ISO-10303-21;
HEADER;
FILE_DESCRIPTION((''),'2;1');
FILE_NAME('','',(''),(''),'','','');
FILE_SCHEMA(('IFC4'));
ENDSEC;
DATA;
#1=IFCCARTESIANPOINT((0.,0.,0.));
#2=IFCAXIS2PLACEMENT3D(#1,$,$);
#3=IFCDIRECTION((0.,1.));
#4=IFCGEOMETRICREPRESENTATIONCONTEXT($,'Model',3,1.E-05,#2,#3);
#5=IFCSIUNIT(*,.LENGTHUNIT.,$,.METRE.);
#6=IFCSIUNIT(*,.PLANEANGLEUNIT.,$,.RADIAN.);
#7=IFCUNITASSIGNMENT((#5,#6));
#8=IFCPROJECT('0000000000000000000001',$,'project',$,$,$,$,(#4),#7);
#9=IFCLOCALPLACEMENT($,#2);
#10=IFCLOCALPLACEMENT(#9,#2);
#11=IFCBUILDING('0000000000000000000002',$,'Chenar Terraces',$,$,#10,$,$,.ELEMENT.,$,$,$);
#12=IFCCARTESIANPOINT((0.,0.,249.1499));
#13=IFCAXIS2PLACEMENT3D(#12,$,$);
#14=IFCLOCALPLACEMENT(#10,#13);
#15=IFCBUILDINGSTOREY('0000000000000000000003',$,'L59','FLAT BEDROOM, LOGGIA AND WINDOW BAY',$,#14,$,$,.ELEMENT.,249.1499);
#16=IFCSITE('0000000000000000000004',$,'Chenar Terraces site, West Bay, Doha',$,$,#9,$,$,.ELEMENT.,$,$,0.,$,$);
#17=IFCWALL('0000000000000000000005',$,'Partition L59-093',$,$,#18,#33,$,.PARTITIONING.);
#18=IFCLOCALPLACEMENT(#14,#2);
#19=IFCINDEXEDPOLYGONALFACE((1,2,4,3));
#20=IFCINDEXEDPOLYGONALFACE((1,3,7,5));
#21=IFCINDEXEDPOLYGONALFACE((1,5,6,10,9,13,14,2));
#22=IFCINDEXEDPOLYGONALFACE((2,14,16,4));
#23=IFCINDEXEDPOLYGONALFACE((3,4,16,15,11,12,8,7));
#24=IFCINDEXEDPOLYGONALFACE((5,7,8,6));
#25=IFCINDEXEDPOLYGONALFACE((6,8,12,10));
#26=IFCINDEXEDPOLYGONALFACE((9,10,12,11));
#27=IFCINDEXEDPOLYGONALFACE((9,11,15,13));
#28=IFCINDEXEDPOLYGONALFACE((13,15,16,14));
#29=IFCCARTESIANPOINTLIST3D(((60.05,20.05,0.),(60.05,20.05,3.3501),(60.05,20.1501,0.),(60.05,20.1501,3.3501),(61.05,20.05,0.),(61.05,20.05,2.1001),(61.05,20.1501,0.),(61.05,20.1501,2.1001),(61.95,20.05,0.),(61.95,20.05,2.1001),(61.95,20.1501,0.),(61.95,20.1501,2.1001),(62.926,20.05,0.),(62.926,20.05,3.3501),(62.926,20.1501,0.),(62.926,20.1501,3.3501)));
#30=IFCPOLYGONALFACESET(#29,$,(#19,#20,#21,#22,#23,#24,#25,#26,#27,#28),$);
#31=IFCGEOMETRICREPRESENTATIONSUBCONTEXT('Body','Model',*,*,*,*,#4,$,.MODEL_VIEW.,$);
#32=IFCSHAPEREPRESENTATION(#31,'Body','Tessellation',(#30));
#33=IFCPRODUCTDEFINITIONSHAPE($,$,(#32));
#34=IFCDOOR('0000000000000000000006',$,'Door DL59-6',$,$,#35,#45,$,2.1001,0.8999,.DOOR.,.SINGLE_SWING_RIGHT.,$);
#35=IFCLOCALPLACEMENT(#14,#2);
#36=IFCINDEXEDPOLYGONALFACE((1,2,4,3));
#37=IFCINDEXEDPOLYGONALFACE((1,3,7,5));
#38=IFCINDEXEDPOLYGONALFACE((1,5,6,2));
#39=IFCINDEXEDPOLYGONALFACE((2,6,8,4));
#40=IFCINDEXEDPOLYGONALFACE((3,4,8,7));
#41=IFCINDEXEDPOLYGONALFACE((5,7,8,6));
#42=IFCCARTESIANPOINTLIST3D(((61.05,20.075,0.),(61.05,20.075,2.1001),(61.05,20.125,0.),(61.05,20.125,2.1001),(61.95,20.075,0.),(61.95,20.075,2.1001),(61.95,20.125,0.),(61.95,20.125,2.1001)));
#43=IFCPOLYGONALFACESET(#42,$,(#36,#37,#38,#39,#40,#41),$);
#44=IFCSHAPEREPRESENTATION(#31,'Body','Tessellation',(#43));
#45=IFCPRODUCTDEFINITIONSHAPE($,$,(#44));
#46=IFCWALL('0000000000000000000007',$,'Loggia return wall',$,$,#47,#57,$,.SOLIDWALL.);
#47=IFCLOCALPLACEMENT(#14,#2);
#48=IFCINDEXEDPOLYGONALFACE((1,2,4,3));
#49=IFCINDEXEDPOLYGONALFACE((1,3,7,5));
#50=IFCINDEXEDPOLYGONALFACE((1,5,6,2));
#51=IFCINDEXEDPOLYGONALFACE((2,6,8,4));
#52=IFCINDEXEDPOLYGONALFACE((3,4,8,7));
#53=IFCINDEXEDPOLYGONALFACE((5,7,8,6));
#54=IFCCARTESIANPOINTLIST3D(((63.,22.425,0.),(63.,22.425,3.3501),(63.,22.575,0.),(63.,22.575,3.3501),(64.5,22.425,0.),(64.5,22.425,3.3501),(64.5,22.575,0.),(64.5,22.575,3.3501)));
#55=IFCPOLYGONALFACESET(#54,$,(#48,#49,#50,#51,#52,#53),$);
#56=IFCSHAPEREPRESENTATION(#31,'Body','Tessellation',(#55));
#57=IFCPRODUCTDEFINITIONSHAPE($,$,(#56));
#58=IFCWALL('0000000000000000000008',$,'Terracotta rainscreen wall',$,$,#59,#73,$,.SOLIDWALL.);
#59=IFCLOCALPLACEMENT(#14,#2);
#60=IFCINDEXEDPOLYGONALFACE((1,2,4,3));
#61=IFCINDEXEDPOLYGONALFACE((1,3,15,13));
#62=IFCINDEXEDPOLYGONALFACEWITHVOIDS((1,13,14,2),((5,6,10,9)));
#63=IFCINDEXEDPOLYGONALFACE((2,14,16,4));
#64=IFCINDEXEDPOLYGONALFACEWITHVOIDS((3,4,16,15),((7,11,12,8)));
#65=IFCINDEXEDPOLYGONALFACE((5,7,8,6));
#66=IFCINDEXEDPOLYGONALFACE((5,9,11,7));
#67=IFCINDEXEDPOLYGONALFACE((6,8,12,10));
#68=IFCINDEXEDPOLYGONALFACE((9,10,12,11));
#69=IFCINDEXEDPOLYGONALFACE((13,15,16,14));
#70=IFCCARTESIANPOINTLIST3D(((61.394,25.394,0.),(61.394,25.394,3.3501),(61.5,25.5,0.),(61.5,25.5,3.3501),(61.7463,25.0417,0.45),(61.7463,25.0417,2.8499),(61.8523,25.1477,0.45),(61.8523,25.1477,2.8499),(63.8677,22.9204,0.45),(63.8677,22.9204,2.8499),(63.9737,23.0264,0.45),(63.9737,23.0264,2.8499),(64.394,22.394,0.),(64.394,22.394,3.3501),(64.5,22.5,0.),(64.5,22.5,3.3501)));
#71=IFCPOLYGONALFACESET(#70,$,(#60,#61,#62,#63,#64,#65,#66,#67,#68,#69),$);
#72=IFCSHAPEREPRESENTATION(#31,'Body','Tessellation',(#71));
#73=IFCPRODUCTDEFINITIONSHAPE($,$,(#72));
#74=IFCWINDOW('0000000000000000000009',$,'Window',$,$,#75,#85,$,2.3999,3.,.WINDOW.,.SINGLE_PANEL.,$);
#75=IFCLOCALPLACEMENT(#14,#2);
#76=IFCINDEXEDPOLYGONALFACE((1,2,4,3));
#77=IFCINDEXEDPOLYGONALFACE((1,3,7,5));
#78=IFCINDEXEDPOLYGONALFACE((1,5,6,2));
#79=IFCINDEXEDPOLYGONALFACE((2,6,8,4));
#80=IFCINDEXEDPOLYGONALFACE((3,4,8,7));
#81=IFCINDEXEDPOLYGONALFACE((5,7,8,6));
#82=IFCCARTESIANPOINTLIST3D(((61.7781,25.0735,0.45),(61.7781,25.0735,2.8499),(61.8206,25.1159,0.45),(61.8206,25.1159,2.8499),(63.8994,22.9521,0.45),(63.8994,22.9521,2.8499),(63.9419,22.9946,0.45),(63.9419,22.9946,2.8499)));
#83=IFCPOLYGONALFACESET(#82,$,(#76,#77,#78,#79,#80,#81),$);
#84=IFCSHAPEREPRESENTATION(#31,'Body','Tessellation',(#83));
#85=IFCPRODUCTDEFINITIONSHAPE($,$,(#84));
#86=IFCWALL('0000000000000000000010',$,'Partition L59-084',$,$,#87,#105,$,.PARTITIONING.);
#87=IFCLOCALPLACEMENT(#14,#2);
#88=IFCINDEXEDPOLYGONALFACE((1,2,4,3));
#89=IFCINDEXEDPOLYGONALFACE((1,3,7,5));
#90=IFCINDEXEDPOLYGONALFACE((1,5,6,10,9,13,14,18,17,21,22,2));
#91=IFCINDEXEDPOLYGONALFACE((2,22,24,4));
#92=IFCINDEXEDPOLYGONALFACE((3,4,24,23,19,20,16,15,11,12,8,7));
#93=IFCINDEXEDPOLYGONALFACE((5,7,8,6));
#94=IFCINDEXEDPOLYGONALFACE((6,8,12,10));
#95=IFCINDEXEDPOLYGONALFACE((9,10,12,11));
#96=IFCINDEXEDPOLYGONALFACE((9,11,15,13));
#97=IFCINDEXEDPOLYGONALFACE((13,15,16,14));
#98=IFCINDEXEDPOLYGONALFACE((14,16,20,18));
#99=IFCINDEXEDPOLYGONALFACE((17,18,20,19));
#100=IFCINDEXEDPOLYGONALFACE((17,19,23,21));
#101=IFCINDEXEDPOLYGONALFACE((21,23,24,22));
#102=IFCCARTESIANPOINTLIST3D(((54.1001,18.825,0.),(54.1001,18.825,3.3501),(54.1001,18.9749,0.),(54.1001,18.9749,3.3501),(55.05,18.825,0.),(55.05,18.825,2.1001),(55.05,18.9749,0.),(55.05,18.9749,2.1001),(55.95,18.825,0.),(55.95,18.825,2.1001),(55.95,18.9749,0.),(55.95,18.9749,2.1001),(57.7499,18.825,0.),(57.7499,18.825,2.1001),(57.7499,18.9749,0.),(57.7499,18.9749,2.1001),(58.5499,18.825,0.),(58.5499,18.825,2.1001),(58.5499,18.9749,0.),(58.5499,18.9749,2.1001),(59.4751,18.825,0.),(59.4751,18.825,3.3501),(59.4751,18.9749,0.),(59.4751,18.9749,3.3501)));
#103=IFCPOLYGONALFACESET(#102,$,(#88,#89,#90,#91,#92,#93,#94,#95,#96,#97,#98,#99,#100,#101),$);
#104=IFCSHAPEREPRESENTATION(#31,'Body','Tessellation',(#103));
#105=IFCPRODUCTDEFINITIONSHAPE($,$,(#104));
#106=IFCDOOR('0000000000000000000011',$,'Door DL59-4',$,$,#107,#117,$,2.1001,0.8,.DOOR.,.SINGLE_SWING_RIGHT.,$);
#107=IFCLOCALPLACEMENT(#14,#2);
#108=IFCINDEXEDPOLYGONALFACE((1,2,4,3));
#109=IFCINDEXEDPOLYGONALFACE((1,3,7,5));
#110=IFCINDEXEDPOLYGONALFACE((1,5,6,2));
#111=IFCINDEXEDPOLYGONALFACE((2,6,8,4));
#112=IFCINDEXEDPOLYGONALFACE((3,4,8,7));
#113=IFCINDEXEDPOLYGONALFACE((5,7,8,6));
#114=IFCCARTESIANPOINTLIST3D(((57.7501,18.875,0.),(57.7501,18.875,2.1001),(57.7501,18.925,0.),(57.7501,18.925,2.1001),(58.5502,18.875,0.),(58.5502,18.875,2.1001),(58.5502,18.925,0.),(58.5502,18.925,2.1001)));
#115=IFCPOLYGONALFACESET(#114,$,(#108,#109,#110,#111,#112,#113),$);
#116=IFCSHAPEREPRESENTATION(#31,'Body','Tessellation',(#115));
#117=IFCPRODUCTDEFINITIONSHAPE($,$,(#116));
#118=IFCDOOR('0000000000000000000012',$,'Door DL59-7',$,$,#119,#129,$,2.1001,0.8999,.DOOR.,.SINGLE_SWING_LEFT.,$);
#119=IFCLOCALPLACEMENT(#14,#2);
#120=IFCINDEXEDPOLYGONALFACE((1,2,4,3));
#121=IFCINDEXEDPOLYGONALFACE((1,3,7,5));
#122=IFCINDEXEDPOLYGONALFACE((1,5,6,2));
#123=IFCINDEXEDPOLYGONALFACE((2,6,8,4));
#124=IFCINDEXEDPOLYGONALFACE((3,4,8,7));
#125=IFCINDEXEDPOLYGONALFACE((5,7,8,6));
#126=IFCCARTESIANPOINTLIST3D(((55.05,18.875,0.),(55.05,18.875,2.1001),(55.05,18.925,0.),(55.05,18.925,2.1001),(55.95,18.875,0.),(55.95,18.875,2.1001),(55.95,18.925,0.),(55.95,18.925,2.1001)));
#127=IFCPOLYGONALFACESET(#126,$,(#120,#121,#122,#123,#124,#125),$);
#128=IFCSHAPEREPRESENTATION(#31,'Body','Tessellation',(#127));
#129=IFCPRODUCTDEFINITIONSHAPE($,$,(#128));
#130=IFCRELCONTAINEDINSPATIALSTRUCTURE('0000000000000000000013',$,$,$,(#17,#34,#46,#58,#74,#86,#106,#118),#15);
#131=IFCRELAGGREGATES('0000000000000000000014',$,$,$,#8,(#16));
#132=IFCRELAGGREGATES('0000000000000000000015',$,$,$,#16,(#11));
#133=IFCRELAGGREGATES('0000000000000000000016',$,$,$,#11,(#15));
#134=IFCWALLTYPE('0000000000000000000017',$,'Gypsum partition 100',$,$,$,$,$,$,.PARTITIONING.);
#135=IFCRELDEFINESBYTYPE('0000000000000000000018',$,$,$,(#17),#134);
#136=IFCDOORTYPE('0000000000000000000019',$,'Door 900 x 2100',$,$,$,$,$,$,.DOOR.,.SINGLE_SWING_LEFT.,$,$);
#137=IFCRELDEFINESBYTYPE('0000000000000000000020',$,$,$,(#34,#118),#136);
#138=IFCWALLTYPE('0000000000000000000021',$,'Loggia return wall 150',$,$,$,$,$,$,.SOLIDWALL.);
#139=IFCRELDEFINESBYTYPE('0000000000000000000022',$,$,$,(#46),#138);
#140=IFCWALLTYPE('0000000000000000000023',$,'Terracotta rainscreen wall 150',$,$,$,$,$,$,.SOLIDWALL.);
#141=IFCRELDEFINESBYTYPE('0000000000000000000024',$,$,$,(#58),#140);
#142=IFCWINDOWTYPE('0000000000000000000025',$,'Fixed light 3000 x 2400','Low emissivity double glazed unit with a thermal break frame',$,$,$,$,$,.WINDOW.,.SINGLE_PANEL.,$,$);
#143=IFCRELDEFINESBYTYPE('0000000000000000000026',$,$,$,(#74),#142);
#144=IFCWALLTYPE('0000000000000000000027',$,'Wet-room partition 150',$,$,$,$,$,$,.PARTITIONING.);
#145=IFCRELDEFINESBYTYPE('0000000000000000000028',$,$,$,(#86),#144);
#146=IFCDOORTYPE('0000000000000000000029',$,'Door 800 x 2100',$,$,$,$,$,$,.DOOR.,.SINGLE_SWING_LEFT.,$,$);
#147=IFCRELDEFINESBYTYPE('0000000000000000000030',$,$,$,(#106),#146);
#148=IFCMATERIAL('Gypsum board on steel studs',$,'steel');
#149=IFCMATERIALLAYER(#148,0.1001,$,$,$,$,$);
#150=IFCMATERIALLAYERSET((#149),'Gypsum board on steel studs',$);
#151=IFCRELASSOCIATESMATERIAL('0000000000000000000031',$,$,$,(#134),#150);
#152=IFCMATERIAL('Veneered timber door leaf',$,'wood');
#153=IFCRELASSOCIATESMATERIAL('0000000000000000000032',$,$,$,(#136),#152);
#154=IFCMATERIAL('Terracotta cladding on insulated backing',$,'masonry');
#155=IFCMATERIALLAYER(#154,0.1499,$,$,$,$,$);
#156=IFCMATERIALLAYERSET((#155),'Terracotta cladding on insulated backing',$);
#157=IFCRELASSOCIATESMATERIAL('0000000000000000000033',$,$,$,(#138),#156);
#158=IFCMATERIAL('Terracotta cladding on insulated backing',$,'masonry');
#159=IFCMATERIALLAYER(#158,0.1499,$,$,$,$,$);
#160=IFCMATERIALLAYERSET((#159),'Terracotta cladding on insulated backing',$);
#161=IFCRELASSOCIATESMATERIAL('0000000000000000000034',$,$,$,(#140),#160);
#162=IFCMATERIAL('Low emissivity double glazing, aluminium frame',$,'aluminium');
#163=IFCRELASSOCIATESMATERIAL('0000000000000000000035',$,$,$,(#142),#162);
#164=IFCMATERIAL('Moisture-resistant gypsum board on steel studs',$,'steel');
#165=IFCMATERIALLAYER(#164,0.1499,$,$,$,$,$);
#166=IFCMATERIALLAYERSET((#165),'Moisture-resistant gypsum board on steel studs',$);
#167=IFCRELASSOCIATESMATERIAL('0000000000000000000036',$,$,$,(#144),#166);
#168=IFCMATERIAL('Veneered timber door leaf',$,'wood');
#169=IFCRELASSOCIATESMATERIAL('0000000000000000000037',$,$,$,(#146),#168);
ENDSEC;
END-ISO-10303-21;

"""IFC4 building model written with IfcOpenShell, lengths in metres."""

from ifc_helpers import new_model, si_unit, direction, frame, frame_2d, origin, place, context, subcontext, project, spatial, rectangle, extrude, material, layer, layer_set, type_object, element, fill, save


model = new_model("IFC4")

# Units and contexts
model_context = context("Model", 3, precision=1e-05, world=origin(), true_north=direction((0.0, 1.0)))
body_context = subcontext(model_context, "Body", "Model", "MODEL_VIEW")
ifc_project = project(units=[si_unit("LENGTHUNIT", "METRE"), si_unit("PLANEANGLEUNIT", "RADIAN")], contexts=[model_context])

# Site, building, storey
site_placement = place(None, origin())
site = spatial("IfcSite", under=ifc_project, at=site_placement, Name="Chenar Terraces site, West Bay, Doha", CompositionType="ELEMENT", RefElevation=0.0)
building_placement = place(site_placement, origin())
building = spatial("IfcBuilding", under=site, at=building_placement, Name="Chenar Terraces", CompositionType="ELEMENT")
storey_placement = place(building_placement, frame((0.0, 0.0, 249.1499)))
storey = spatial("IfcBuildingStorey", under=building, at=storey_placement, Name="L59", Description="FLAT BEDROOM, LOGGIA AND WINDOW BAY", CompositionType="ELEMENT", Elevation=249.1499)

# Shared definitions
ifc_material_1 = material(Name="Gypsum board on steel studs", Category="steel")
ifc_layer_1 = layer(ifc_material_1, 0.1001)
ifc_layer_set_1 = layer_set([ifc_layer_1], Name="Gypsum board on steel studs")
wall_type_1 = type_object("IfcWallType", Name="Gypsum partition 100", PredefinedType="PARTITIONING", material=ifc_layer_set_1)
ifc_material_2 = material(Name="Veneered timber door leaf", Category="wood")
door_type_1 = type_object("IfcDoorType", Name="Door 900 x 2100", OperationType="SINGLE_SWING_LEFT", PredefinedType="DOOR", material=ifc_material_2)

# Wall, opening, door
wall_1_placement = place(storey_placement, frame((60.05, 20.1001, 0.0), z_axis=(0.0, 0.0, 1.0), x_axis=(1.0, 0.0, 0.0)))
wall_1 = element("IfcWall", 1, at=wall_1_placement, inside=storey, type_object=wall_type_1, Name="Partition L59-093", PredefinedType="PARTITIONING", context=body_context, shape_type="SweptSolid", body=[
    extrude(rectangle(XDim=2.876, YDim=0.1001, at=frame_2d((1.438, 0.0))), origin(), (0.0, 0.0, 1.0), 3.3501),
])
opening_1_placement = place(wall_1_placement, frame((1.0, 0.0, 0.0)))
opening_1 = element("IfcOpeningElement", 2, at=opening_1_placement, cuts=wall_1, PredefinedType="OPENING", context=body_context, shape_type="SweptSolid", body=[
    extrude(rectangle(XDim=0.8999, YDim=2.1001, at=frame_2d((0.45, 1.05))), frame((0.0, 0.0601, 0.0), z_axis=(0.0, -1.0, 0.0), x_axis=(1.0, 0.0, 0.0)), (0.0, 0.0, 1.0), 0.1201),
])
door_1_placement = place(opening_1_placement, origin())
door_1 = element("IfcDoor", 3, at=door_1_placement, inside=storey, type_object=door_type_1, Name="Door DL59-6", OperationType="SINGLE_SWING_RIGHT", OverallHeight=2.1001, OverallWidth=0.8999, PredefinedType="DOOR", context=body_context, shape_type="SweptSolid", body=[
    extrude(rectangle(XDim=0.8999, YDim=2.1001, at=frame_2d((0.45, 1.05))), frame((0.0, 0.0249, 0.0), z_axis=(0.0, -1.0, 0.0), x_axis=(1.0, 0.0, 0.0)), (0.0, 0.0, 1.0), 0.05),
])
fill(opening_1, door_1)

# Wall
ifc_material_3 = material(Name="Terracotta cladding on insulated backing", Category="masonry")
ifc_layer_2 = layer(ifc_material_3, 0.1499)
ifc_layer_set_2 = layer_set([ifc_layer_2], Name="Terracotta cladding on insulated backing")
wall_type_2 = type_object("IfcWallType", Name="Loggia return wall 150", PredefinedType="SOLIDWALL", material=ifc_layer_set_2)
wall_2_placement = place(storey_placement, frame((64.5, 22.5, 0.0), z_axis=(0.0, 0.0, 1.0), x_axis=(-1.0, 0.0, 0.0)))
element("IfcWall", 4, at=wall_2_placement, inside=storey, type_object=wall_type_2, Name="Loggia return wall", PredefinedType="SOLIDWALL", context=body_context, shape_type="SweptSolid", body=[
    extrude(rectangle(XDim=1.5, YDim=0.1499, at=frame_2d((0.75, 0.0))), origin(), (0.0, 0.0, 1.0), 3.3501),
])

# Wall, opening, window
ifc_material_4 = material(Name="Terracotta cladding on insulated backing", Category="masonry")
ifc_layer_3 = layer(ifc_material_4, 0.1499)
ifc_layer_set_3 = layer_set([ifc_layer_3], Name="Terracotta cladding on insulated backing")
wall_type_3 = type_object("IfcWallType", Name="Terracotta rainscreen wall 150", PredefinedType="SOLIDWALL", material=ifc_layer_set_3)
wall_3_placement = place(storey_placement, frame((64.447, 22.447, 0.0), z_axis=(0.0, 0.0, 1.0), x_axis=(-0.707107, 0.707107, 0.0)))
wall_3 = element("IfcWall", 5, at=wall_3_placement, inside=storey, type_object=wall_type_3, Name="Terracotta rainscreen wall", PredefinedType="SOLIDWALL", context=body_context, shape_type="SweptSolid", body=[
    extrude(rectangle(XDim=4.2427, YDim=0.1499, at=frame_2d((2.1213, 0.0))), origin(), (0.0, 0.0, 1.0), 3.3501),
])
opening_2_placement = place(wall_3_placement, frame((0.7444, 0.0, 0.45)))
opening_2 = element("IfcOpeningElement", 6, at=opening_2_placement, cuts=wall_3, PredefinedType="OPENING", context=body_context, shape_type="SweptSolid", body=[
    extrude(rectangle(XDim=3.0, YDim=2.3999, at=frame_2d((1.5, 1.2))), frame((0.0, 0.085, 0.0), z_axis=(0.0, -1.0, 0.0), x_axis=(1.0, 0.0, 0.0)), (0.0, 0.0, 1.0), 0.1699),
])
ifc_material_5 = material(Name="Low emissivity double glazing, aluminium frame", Category="aluminium")
window_type_1 = type_object("IfcWindowType", Name="Fixed light 3000 x 2400", Description="Low emissivity double glazed unit with a thermal break frame", PartitioningType="SINGLE_PANEL", PredefinedType="WINDOW", material=ifc_material_5)
window_1_placement = place(opening_2_placement, origin())
window_1 = element("IfcWindow", 7, at=window_1_placement, inside=storey, type_object=window_type_1, Name="Window", OverallHeight=2.3999, OverallWidth=3.0, PartitioningType="SINGLE_PANEL", PredefinedType="WINDOW", context=body_context, shape_type="SweptSolid", body=[
    extrude(rectangle(XDim=3.0, YDim=2.3999, at=frame_2d((1.5, 1.2))), frame((0.0, 0.03, 0.0), z_axis=(0.0, -1.0, 0.0), x_axis=(1.0, 0.0, 0.0)), (0.0, 0.0, 1.0), 0.0601),
])
fill(opening_2, window_1)

# Wall, openings, doors
ifc_material_6 = material(Name="Moisture-resistant gypsum board on steel studs", Category="steel")
ifc_layer_4 = layer(ifc_material_6, 0.1499)
ifc_layer_set_4 = layer_set([ifc_layer_4], Name="Moisture-resistant gypsum board on steel studs")
wall_type_4 = type_object("IfcWallType", Name="Wet-room partition 150", PredefinedType="PARTITIONING", material=ifc_layer_set_4)
wall_4_placement = place(storey_placement, frame((54.1001, 18.8999, 0.0), z_axis=(0.0, 0.0, 1.0), x_axis=(1.0, 0.0, 0.0)))
wall_4 = element("IfcWall", 8, at=wall_4_placement, inside=storey, type_object=wall_type_4, Name="Partition L59-084", PredefinedType="PARTITIONING", context=body_context, shape_type="SweptSolid", body=[
    extrude(rectangle(XDim=5.375, YDim=0.1499, at=frame_2d((2.6875, 0.0))), origin(), (0.0, 0.0, 1.0), 3.3501),
])
opening_3_placement = place(wall_4_placement, frame((3.6499, 0.0, 0.0)))
opening_3 = element("IfcOpeningElement", 9, at=opening_3_placement, cuts=wall_4, PredefinedType="OPENING", context=body_context, shape_type="SweptSolid", body=[
    extrude(rectangle(XDim=0.8, YDim=2.1001, at=frame_2d((0.3999, 1.05))), frame((0.0, 0.085, 0.0), z_axis=(0.0, -1.0, 0.0), x_axis=(1.0, 0.0, 0.0)), (0.0, 0.0, 1.0), 0.1699),
])
opening_4_placement = place(wall_4_placement, frame((0.95, 0.0, 0.0)))
opening_4 = element("IfcOpeningElement", 10, at=opening_4_placement, cuts=wall_4, PredefinedType="OPENING", context=body_context, shape_type="SweptSolid", body=[
    extrude(rectangle(XDim=0.8999, YDim=2.1001, at=frame_2d((0.45, 1.05))), frame((0.0, 0.085, 0.0), z_axis=(0.0, -1.0, 0.0), x_axis=(1.0, 0.0, 0.0)), (0.0, 0.0, 1.0), 0.1699),
])
ifc_material_7 = material(Name="Veneered timber door leaf", Category="wood")
door_type_2 = type_object("IfcDoorType", Name="Door 800 x 2100", OperationType="SINGLE_SWING_LEFT", PredefinedType="DOOR", material=ifc_material_7)
door_2_placement = place(opening_3_placement, frame((0.8, 0.0, 0.0), z_axis=(0.0, 0.0, 1.0), x_axis=(-1.0, 0.0, 0.0)))
door_2 = element("IfcDoor", 11, at=door_2_placement, inside=storey, type_object=door_type_2, Name="Door DL59-4", OperationType="SINGLE_SWING_RIGHT", OverallHeight=2.1001, OverallWidth=0.8, PredefinedType="DOOR", context=body_context, shape_type="SweptSolid", body=[
    extrude(rectangle(XDim=0.8, YDim=2.1001, at=frame_2d((0.3999, 1.05))), frame((0.0, 0.0249, 0.0), z_axis=(0.0, -1.0, 0.0), x_axis=(1.0, 0.0, 0.0)), (0.0, 0.0, 1.0), 0.05),
])
fill(opening_3, door_2)
door_3_placement = place(opening_4_placement, frame((0.8999, 0.0, 0.0), z_axis=(0.0, 0.0, 1.0), x_axis=(-1.0, 0.0, 0.0)))
door_3 = element("IfcDoor", 12, at=door_3_placement, inside=storey, type_object=door_type_1, Name="Door DL59-7", OperationType="SINGLE_SWING_LEFT", OverallHeight=2.1001, OverallWidth=0.8999, PredefinedType="DOOR", context=body_context, shape_type="SweptSolid", body=[
    extrude(rectangle(XDim=0.8999, YDim=2.1001, at=frame_2d((0.45, 1.05))), frame((0.0, 0.0249, 0.0), z_axis=(0.0, -1.0, 0.0), x_axis=(1.0, 0.0, 0.0)), (0.0, 0.0, 1.0), 0.05),
])
fill(opening_4, door_3)

save(model, "model.ifc")
